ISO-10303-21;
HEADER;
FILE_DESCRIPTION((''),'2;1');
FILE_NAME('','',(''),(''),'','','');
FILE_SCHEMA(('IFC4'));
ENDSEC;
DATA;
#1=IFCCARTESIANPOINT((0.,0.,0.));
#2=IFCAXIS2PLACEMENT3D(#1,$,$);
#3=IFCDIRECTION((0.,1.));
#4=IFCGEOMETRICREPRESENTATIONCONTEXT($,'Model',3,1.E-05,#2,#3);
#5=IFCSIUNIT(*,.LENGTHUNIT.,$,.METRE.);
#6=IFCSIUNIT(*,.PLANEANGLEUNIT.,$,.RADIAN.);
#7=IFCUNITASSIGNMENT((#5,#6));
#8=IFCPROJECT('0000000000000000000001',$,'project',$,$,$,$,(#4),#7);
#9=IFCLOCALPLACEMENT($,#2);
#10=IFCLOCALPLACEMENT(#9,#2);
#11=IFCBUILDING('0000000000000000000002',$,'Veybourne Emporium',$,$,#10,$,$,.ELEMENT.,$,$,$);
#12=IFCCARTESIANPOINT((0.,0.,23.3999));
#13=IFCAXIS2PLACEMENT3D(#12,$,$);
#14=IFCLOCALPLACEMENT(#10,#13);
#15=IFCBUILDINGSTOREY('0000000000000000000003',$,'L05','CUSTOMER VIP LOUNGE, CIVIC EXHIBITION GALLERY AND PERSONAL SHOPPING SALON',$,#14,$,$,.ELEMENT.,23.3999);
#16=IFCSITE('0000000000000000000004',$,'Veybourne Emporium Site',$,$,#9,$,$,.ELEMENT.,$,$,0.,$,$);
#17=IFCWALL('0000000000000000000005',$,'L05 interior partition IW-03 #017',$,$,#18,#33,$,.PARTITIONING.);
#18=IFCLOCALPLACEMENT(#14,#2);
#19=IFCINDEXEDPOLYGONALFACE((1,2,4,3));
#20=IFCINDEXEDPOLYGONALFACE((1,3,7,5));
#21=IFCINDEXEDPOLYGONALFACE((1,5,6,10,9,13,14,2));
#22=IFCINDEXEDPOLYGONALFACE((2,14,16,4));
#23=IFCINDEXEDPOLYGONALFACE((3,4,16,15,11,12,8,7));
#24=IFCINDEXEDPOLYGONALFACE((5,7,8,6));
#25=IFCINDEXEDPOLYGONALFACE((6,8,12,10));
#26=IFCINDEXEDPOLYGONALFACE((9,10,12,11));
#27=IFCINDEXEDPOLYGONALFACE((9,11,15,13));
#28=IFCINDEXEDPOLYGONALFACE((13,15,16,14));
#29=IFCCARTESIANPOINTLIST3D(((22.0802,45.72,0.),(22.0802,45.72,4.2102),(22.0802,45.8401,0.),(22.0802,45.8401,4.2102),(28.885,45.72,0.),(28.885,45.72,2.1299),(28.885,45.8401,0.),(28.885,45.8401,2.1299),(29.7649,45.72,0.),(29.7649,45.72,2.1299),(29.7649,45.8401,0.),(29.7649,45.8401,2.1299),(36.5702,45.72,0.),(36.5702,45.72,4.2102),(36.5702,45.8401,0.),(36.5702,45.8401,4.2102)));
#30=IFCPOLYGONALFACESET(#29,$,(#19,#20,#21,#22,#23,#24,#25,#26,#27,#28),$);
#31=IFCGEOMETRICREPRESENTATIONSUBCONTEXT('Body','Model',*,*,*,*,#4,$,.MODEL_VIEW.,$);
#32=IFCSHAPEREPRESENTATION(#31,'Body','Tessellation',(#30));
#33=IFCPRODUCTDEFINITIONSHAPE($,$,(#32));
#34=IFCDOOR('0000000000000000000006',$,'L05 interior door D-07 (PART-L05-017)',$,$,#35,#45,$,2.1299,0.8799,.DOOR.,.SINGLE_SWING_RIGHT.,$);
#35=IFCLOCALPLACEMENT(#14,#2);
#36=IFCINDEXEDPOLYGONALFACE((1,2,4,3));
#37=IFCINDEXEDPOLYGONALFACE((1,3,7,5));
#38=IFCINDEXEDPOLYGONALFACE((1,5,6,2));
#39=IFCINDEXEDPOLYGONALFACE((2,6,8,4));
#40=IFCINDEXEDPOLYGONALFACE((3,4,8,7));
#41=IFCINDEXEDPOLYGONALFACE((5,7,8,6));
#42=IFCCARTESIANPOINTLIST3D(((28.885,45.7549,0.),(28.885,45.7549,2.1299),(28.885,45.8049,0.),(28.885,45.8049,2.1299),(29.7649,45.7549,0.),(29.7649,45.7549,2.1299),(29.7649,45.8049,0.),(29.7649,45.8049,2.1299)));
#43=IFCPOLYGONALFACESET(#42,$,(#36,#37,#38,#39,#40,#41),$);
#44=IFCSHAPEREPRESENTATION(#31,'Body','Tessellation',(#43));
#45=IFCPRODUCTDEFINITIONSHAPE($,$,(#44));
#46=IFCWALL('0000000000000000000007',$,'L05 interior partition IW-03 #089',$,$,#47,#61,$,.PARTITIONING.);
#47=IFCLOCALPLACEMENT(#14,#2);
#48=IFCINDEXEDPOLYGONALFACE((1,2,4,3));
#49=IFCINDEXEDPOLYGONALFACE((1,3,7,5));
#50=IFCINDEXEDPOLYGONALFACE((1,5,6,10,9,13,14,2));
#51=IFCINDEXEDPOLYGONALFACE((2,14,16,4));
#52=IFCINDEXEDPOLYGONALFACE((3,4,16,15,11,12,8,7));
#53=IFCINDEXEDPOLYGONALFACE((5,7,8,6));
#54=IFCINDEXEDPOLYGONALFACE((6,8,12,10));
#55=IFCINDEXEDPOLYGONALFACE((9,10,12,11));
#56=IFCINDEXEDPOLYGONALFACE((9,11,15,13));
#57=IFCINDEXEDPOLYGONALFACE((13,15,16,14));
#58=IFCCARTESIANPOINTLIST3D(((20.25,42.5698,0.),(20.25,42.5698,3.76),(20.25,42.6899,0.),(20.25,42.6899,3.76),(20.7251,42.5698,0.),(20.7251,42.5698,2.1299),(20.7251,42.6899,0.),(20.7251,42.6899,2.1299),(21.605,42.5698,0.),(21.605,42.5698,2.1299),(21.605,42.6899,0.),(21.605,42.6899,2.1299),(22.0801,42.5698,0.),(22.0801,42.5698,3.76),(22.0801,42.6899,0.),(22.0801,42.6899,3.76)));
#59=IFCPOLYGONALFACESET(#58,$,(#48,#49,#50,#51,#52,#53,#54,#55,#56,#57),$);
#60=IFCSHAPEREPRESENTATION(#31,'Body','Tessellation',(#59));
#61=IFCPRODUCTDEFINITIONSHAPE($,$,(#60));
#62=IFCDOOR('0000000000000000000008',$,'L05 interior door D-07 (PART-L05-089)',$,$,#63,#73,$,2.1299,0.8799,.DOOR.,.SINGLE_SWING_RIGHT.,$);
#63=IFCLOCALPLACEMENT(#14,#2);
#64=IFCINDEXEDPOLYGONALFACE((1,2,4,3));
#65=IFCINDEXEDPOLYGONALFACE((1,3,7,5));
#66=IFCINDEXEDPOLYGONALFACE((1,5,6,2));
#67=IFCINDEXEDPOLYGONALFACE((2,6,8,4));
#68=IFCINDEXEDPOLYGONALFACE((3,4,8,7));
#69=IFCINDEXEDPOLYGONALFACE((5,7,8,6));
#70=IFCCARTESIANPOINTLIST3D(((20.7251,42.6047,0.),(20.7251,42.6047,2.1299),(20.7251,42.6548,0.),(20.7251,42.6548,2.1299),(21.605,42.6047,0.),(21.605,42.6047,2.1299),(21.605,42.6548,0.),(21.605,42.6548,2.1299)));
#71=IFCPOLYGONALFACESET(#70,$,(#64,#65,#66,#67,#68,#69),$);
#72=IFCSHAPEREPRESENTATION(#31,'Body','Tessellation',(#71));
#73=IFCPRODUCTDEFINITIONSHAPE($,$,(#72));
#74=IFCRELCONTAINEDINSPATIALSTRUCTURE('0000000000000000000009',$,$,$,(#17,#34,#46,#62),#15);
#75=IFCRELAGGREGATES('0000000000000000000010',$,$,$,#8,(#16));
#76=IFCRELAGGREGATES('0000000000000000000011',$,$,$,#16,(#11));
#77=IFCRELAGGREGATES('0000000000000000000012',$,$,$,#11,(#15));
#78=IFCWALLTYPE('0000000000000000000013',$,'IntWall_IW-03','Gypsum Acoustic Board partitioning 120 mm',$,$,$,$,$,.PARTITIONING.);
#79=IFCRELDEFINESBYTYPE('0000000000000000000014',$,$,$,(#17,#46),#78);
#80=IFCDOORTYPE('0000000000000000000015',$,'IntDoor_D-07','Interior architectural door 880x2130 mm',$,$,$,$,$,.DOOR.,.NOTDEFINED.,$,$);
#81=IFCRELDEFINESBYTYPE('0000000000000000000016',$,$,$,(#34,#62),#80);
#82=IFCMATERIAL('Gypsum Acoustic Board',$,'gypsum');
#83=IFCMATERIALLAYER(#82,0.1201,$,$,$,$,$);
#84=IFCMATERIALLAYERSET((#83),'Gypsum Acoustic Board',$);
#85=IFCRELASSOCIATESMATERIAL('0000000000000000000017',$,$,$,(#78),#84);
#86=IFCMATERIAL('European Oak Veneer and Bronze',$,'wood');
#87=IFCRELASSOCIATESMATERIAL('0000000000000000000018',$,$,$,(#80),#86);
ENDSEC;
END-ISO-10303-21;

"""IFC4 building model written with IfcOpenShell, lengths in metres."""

from ifc_helpers import new_model, si_unit, direction, frame, frame_2d, origin, place, context, subcontext, project, spatial, rectangle, extrude, material, layer, layer_set, type_object, element, fill, save


model = new_model("IFC4")

# Units and contexts
model_context = context("Model", 3, precision=1e-05, world=origin(), true_north=direction((0.0, 1.0)))
body_context = subcontext(model_context, "Body", "Model", "MODEL_VIEW")
ifc_project = project(units=[si_unit("LENGTHUNIT", "METRE"), si_unit("PLANEANGLEUNIT", "RADIAN")], contexts=[model_context])

# Site, building, storey
site_placement = place(None, origin())
site = spatial("IfcSite", under=ifc_project, at=site_placement, Name="Veybourne Emporium Site", CompositionType="ELEMENT", RefElevation=0.0)
building_placement = place(site_placement, origin())
building = spatial("IfcBuilding", under=site, at=building_placement, Name="Veybourne Emporium", CompositionType="ELEMENT")
storey_placement = place(building_placement, frame((0.0, 0.0, 23.3999)))
storey = spatial("IfcBuildingStorey", under=building, at=storey_placement, Name="L05", Description="CUSTOMER VIP LOUNGE, CIVIC EXHIBITION GALLERY AND PERSONAL SHOPPING SALON", CompositionType="ELEMENT", Elevation=23.3999)

# Shared definitions
ifc_material_1 = material(Name="Gypsum Acoustic Board", Category="gypsum")
ifc_material_2 = material(Name="European Oak Veneer and Bronze", Category="wood")

# Walls, openings, doors
ifc_layer_1 = layer(ifc_material_1, 0.1201)
ifc_layer_set_1 = layer_set([ifc_layer_1], Name="Gypsum Acoustic Board")
wall_type_1 = type_object("IfcWallType", Name="IntWall_IW-03", Description="Gypsum Acoustic Board partitioning 120 mm", PredefinedType="PARTITIONING", material=ifc_layer_set_1)
wall_1_placement = place(storey_placement, frame((22.0801, 45.78, 0.0), z_axis=(0.0, 0.0, 1.0), x_axis=(1.0, 0.0, 0.0)))
wall_1 = element("IfcWall", 1, at=wall_1_placement, inside=storey, type_object=wall_type_1, Name="L05 interior partition IW-03 #017", PredefinedType="PARTITIONING", context=body_context, shape_type="SweptSolid", body=[
    extrude(rectangle(XDim=14.49, YDim=0.1201, at=frame_2d((7.2451, 0.0))), origin(), (0.0, 0.0, 1.0), 4.2102),
])
opening_1_placement = place(wall_1_placement, frame((6.8049, 0.0, 0.0)))
opening_1 = element("IfcOpeningElement", 2, at=opening_1_placement, cuts=wall_1, PredefinedType="OPENING", context=body_context, shape_type="SweptSolid", body=[
    extrude(rectangle(XDim=0.8799, YDim=2.1299, at=frame_2d((0.4399, 1.0649))), frame((0.0, 0.0801, 0.0), z_axis=(0.0, -1.0, 0.0), x_axis=(1.0, 0.0, 0.0)), (0.0, 0.0, 1.0), 0.1602),
])
door_type_1 = type_object("IfcDoorType", Name="IntDoor_D-07", Description="Interior architectural door 880x2130 mm", OperationType="NOTDEFINED", PredefinedType="DOOR", material=ifc_material_2)
door_1_placement = place(opening_1_placement, origin())
door_1 = element("IfcDoor", 3, at=door_1_placement, inside=storey, type_object=door_type_1, Name="L05 interior door D-07 (PART-L05-017)", OperationType="SINGLE_SWING_RIGHT", OverallHeight=2.1299, OverallWidth=0.8799, PredefinedType="DOOR", context=body_context, shape_type="SweptSolid", body=[
    extrude(rectangle(XDim=0.8799, YDim=2.1299, at=frame_2d((0.4399, 1.0649))), frame((0.0, 0.0249, 0.0), z_axis=(0.0, -1.0, 0.0), x_axis=(1.0, 0.0, 0.0)), (0.0, 0.0, 1.0), 0.05),
])
fill(opening_1, door_1)
wall_2_placement = place(storey_placement, frame((20.25, 42.6299, 0.0), z_axis=(0.0, 0.0, 1.0), x_axis=(1.0, 0.0, 0.0)))
wall_2 = element("IfcWall", 4, at=wall_2_placement, inside=storey, type_object=wall_type_1, Name="L05 interior partition IW-03 #089", PredefinedType="PARTITIONING", context=body_context, shape_type="SweptSolid", body=[
    extrude(rectangle(XDim=1.8301, YDim=0.1201, at=frame_2d((0.915, 0.0))), origin(), (0.0, 0.0, 1.0), 3.76),
])
opening_2_placement = place(wall_2_placement, frame((0.4751, 0.0, 0.0)))
opening_2 = element("IfcOpeningElement", 5, at=opening_2_placement, cuts=wall_2, PredefinedType="OPENING", context=body_context, shape_type="SweptSolid", body=[
    extrude(rectangle(XDim=0.8799, YDim=2.1299, at=frame_2d((0.4399, 1.0649))), frame((0.0, 0.0801, 0.0), z_axis=(0.0, -1.0, 0.0), x_axis=(1.0, 0.0, 0.0)), (0.0, 0.0, 1.0), 0.1602),
])
door_2_placement = place(opening_2_placement, origin())
door_2 = element("IfcDoor", 6, at=door_2_placement, inside=storey, type_object=door_type_1, Name="L05 interior door D-07 (PART-L05-089)", OperationType="SINGLE_SWING_RIGHT", OverallHeight=2.1299, OverallWidth=0.8799, PredefinedType="DOOR", context=body_context, shape_type="SweptSolid", body=[
    extrude(rectangle(XDim=0.8799, YDim=2.1299, at=frame_2d((0.4399, 1.0649))), frame((0.0, 0.0249, 0.0), z_axis=(0.0, -1.0, 0.0), x_axis=(1.0, 0.0, 0.0)), (0.0, 0.0, 1.0), 0.05),
])
fill(opening_2, door_2)

save(model, "model.ifc")
